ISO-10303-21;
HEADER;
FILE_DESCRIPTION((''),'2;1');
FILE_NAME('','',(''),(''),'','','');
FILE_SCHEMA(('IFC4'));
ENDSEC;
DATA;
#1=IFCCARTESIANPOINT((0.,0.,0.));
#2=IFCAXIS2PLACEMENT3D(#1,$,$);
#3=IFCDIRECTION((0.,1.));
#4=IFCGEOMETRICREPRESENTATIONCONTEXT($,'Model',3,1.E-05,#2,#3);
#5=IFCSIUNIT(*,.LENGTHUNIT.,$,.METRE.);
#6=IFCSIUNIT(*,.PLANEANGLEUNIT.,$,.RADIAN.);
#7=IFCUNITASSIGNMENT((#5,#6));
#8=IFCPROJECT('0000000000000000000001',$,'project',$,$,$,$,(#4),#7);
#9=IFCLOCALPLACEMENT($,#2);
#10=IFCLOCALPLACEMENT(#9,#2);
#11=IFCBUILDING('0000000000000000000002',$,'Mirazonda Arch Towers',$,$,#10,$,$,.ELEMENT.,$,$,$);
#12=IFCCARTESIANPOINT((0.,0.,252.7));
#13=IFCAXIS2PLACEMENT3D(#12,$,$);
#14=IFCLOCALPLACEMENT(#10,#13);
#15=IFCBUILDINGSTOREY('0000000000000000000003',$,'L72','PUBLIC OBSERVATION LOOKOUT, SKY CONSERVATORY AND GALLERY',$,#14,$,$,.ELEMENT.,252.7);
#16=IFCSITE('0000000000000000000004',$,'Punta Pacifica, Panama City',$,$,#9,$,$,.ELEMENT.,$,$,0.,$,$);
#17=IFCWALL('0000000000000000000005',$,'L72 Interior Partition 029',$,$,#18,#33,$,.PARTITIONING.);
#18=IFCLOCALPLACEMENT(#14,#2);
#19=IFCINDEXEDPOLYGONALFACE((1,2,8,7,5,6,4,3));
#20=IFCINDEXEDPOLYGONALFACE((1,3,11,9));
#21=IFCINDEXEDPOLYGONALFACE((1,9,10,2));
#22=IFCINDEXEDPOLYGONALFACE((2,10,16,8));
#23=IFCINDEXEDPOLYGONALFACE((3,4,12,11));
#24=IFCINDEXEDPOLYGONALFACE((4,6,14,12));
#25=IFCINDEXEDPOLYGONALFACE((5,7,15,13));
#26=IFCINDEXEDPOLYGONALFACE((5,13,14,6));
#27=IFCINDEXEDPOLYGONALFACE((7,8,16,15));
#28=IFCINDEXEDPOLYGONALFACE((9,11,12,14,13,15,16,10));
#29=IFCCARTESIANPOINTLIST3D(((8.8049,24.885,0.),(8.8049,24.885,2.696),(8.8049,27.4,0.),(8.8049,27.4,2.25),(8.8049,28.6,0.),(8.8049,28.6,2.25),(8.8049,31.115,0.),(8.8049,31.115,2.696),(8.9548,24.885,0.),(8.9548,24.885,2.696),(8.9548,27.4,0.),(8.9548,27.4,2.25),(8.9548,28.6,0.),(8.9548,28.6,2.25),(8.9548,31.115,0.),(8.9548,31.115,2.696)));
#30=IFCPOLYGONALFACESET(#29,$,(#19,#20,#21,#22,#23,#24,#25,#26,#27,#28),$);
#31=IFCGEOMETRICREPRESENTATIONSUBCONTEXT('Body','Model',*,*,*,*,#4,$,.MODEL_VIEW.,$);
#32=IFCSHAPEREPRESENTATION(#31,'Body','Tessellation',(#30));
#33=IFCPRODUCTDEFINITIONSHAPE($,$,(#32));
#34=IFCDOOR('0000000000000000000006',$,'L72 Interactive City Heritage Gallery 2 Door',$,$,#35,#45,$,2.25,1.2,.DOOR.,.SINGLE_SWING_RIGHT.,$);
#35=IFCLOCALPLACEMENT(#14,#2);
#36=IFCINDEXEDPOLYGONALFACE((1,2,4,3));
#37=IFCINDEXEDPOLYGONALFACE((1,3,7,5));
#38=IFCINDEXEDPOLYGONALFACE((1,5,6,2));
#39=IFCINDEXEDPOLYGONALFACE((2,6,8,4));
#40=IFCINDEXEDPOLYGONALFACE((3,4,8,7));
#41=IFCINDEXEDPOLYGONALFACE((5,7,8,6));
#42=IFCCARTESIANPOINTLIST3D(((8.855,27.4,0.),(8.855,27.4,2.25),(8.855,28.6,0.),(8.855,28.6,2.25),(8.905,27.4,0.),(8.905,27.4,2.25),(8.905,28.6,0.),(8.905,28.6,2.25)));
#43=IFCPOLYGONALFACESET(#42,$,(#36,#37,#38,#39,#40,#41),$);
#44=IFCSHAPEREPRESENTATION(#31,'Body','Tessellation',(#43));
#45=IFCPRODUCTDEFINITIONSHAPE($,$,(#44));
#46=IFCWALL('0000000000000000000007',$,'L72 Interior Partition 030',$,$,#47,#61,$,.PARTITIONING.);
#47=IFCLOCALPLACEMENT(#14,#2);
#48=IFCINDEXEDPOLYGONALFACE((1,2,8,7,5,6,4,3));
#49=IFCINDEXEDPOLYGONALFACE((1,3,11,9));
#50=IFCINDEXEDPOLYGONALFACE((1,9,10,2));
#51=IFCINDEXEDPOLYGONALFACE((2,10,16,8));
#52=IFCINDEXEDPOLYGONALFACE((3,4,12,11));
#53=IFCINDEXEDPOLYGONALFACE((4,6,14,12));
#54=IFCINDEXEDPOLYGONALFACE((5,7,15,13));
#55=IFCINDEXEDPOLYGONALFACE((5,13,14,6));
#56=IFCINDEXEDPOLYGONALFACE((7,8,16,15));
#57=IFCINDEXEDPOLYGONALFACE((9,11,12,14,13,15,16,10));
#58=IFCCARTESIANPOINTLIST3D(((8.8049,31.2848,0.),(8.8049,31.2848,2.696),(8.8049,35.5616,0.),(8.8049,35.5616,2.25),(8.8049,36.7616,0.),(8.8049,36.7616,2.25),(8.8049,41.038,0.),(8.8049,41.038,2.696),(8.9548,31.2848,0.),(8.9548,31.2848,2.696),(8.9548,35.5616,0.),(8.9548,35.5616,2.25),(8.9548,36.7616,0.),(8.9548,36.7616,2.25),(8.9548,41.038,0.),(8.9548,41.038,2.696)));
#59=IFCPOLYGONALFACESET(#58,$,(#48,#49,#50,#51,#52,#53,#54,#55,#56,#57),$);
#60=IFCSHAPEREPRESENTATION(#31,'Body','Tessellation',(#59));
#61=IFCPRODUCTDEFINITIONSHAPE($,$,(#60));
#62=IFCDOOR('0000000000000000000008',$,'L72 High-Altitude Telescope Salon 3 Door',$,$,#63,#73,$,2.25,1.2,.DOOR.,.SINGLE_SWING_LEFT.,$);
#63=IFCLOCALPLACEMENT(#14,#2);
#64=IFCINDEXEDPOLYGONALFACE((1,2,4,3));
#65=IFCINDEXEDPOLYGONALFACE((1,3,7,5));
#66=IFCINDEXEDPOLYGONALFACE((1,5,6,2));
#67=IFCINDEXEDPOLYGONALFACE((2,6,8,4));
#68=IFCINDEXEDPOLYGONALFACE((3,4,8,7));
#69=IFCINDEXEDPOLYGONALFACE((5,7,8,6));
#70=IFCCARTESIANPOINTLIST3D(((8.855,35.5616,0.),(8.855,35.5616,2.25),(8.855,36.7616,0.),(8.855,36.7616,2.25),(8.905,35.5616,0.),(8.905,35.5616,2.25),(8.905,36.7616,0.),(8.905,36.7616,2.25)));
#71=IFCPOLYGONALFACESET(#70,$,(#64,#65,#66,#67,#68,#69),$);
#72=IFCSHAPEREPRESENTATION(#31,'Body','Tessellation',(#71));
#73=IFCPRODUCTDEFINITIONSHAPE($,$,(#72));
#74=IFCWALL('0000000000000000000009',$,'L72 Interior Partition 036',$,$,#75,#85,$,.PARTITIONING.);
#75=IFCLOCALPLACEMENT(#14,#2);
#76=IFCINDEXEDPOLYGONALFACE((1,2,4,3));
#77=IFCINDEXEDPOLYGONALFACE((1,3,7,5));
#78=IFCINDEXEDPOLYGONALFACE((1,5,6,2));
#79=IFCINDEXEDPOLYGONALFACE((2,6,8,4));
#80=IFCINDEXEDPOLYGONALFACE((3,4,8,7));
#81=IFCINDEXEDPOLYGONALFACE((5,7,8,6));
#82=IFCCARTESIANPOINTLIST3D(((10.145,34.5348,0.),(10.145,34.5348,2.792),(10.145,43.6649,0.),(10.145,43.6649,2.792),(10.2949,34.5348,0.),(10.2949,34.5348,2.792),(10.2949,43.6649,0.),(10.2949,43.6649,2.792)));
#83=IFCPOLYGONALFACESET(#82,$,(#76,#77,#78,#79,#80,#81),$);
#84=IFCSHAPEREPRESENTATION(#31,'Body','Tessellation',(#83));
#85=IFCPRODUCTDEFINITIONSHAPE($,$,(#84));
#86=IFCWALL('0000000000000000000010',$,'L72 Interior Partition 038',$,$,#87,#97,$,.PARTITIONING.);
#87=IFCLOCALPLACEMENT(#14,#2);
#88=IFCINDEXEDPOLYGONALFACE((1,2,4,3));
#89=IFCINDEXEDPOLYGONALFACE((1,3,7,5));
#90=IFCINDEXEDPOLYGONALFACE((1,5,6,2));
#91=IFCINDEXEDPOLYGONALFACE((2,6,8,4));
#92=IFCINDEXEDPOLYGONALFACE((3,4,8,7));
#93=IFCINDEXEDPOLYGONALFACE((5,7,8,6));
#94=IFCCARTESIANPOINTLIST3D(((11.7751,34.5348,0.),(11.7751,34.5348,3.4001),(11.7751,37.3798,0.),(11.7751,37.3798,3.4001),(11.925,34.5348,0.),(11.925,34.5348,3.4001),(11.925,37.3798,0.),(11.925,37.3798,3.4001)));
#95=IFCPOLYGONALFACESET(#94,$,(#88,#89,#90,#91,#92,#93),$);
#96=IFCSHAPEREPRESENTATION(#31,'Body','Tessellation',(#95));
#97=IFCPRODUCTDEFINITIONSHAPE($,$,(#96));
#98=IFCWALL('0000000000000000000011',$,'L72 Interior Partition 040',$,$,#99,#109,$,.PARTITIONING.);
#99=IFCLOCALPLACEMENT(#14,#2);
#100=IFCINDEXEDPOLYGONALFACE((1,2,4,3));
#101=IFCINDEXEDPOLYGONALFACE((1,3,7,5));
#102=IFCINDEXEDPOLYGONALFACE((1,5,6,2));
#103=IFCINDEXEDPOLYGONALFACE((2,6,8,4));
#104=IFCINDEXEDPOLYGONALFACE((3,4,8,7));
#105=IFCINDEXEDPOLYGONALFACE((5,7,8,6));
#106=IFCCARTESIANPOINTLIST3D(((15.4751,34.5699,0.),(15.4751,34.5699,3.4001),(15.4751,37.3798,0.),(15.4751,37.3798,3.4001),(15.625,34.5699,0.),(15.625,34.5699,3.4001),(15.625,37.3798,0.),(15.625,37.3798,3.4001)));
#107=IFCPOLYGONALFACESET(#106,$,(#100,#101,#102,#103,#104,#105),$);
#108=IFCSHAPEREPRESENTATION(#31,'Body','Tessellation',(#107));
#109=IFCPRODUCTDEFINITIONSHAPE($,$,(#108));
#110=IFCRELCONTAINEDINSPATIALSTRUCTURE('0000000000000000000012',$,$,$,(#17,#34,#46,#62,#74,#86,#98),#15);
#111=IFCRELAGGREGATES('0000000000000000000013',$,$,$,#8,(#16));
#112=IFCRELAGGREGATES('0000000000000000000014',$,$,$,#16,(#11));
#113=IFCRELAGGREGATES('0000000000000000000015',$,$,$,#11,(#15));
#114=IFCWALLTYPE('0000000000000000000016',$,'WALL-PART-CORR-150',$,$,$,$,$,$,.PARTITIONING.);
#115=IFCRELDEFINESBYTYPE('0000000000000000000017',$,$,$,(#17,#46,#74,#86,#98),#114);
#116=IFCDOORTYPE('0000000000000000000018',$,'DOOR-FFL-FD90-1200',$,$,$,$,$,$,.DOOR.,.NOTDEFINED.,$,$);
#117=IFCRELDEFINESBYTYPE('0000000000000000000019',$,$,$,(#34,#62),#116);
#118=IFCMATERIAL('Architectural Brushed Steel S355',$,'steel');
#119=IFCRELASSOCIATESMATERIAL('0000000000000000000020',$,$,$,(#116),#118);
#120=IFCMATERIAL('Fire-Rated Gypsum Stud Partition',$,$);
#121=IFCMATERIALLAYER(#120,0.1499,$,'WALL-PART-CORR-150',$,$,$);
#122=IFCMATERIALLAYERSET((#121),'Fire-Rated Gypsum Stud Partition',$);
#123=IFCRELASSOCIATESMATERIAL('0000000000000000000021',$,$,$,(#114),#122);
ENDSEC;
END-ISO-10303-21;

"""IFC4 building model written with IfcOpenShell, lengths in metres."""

from ifc_helpers import new_model, si_unit, direction, frame, frame_2d, origin, place, context, subcontext, project, spatial, rectangle, extrude, material, layer, layer_set, type_object, element, fill, save


model = new_model("IFC4")

# Units and contexts
model_context = context("Model", 3, precision=1e-05, world=origin(), true_north=direction((0.0, 1.0)))
body_context = subcontext(model_context, "Body", "Model", "MODEL_VIEW")
ifc_project = project(units=[si_unit("LENGTHUNIT", "METRE"), si_unit("PLANEANGLEUNIT", "RADIAN")], contexts=[model_context])

# Site, building, storey
site_placement = place(None, origin())
site = spatial("IfcSite", under=ifc_project, at=site_placement, Name="Punta Pacifica, Panama City", CompositionType="ELEMENT", RefElevation=0.0)
building_placement = place(site_placement, origin())
building = spatial("IfcBuilding", under=site, at=building_placement, Name="Mirazonda Arch Towers", CompositionType="ELEMENT")
storey_placement = place(building_placement, frame((0.0, 0.0, 252.7)))
storey = spatial("IfcBuildingStorey", under=building, at=storey_placement, Name="L72", Description="PUBLIC OBSERVATION LOOKOUT, SKY CONSERVATORY AND GALLERY", CompositionType="ELEMENT", Elevation=252.7)

# Shared definitions
ifc_material_1 = material(Name="Architectural Brushed Steel S355", Category="steel")
door_type_1 = type_object("IfcDoorType", Name="DOOR-FFL-FD90-1200", OperationType="NOTDEFINED", PredefinedType="DOOR", material=ifc_material_1)

# Shared definitions
ifc_material_2 = material(Name="Fire-Rated Gypsum Stud Partition")
ifc_layer_1 = layer(ifc_material_2, 0.1499, Name="WALL-PART-CORR-150")
ifc_layer_set_1 = layer_set([ifc_layer_1], Name="Fire-Rated Gypsum Stud Partition")
wall_type_1 = type_object("IfcWallType", Name="WALL-PART-CORR-150", PredefinedType="PARTITIONING", material=ifc_layer_set_1)

# Walls, openings, doors
wall_1_placement = place(storey_placement, frame((8.8799, 24.885, 0.0), z_axis=(0.0, 0.0, 1.0), x_axis=(0.0, 1.0, 0.0)))
wall_1 = element("IfcWall", 1, at=wall_1_placement, inside=storey, type_object=wall_type_1, Name="L72 Interior Partition 029", PredefinedType="PARTITIONING", context=body_context, shape_type="SweptSolid", body=[
    extrude(rectangle(XDim=6.23, YDim=0.1499, at=frame_2d((3.115, 0.0))), origin(), (0.0, 0.0, 1.0), 2.696),
])
opening_1_placement = place(wall_1_placement, frame((2.5149, 0.0, 0.0)))
opening_1 = element("IfcOpeningElement", 2, at=opening_1_placement, cuts=wall_1, PredefinedType="OPENING", context=body_context, shape_type="SweptSolid", body=[
    extrude(rectangle(XDim=1.2, YDim=2.25, at=frame_2d((0.6001, 1.125))), frame((0.0, 0.085, 0.0), z_axis=(0.0, -1.0, 0.0), x_axis=(1.0, 0.0, 0.0)), (0.0, 0.0, 1.0), 0.1699),
])
door_1_placement = place(opening_1_placement, origin())
door_1 = element("IfcDoor", 3, at=door_1_placement, inside=storey, type_object=door_type_1, Name="L72 Interactive City Heritage Gallery 2 Door", OperationType="SINGLE_SWING_RIGHT", OverallHeight=2.25, OverallWidth=1.2, PredefinedType="DOOR", context=body_context, shape_type="SweptSolid", body=[
    extrude(rectangle(XDim=1.2, YDim=2.25, at=frame_2d((0.6001, 1.125))), frame((0.0, 0.0249, 0.0), z_axis=(0.0, -1.0, 0.0), x_axis=(1.0, 0.0, 0.0)), (0.0, 0.0, 1.0), 0.05),
])
fill(opening_1, door_1)
wall_2_placement = place(storey_placement, frame((8.8799, 31.2849, 0.0), z_axis=(0.0, 0.0, 1.0), x_axis=(0.0, 1.0, 0.0)))
wall_2 = element("IfcWall", 4, at=wall_2_placement, inside=storey, type_object=wall_type_1, Name="L72 Interior Partition 030", PredefinedType="PARTITIONING", context=body_context, shape_type="SweptSolid", body=[
    extrude(rectangle(XDim=9.7532, YDim=0.1499, at=frame_2d((4.8765, 0.0))), origin(), (0.0, 0.0, 1.0), 2.696),
])
opening_2_placement = place(wall_2_placement, frame((4.2766, 0.0, 0.0)))
opening_2 = element("IfcOpeningElement", 5, at=opening_2_placement, cuts=wall_2, PredefinedType="OPENING", context=body_context, shape_type="SweptSolid", body=[
    extrude(rectangle(XDim=1.2, YDim=2.25, at=frame_2d((0.6001, 1.125))), frame((0.0, 0.085, 0.0), z_axis=(0.0, -1.0, 0.0), x_axis=(1.0, 0.0, 0.0)), (0.0, 0.0, 1.0), 0.1699),
])
door_2_placement = place(opening_2_placement, origin())
door_2 = element("IfcDoor", 6, at=door_2_placement, inside=storey, type_object=door_type_1, Name="L72 High-Altitude Telescope Salon 3 Door", OperationType="SINGLE_SWING_LEFT", OverallHeight=2.25, OverallWidth=1.2, PredefinedType="DOOR", context=body_context, shape_type="SweptSolid", body=[
    extrude(rectangle(XDim=1.2, YDim=2.25, at=frame_2d((0.6001, 1.125))), frame((0.0, 0.0249, 0.0), z_axis=(0.0, -1.0, 0.0), x_axis=(1.0, 0.0, 0.0)), (0.0, 0.0, 1.0), 0.05),
])
fill(opening_2, door_2)

# Walls
wall_3_placement = place(storey_placement, frame((10.22, 34.5349, 0.0), z_axis=(0.0, 0.0, 1.0), x_axis=(0.0, 1.0, 0.0)))
element("IfcWall", 7, at=wall_3_placement, inside=storey, type_object=wall_type_1, Name="L72 Interior Partition 036", PredefinedType="PARTITIONING", context=body_context, shape_type="SweptSolid", body=[
    extrude(rectangle(XDim=9.1301, YDim=0.1499, at=frame_2d((4.5649, 0.0))), origin(), (0.0, 0.0, 1.0), 2.792),
])
wall_4_placement = place(storey_placement, frame((11.8501, 34.5349, 0.0), z_axis=(0.0, 0.0, 1.0), x_axis=(0.0, 1.0, 0.0)))
element("IfcWall", 8, at=wall_4_placement, inside=storey, type_object=wall_type_1, Name="L72 Interior Partition 038", PredefinedType="PARTITIONING", context=body_context, shape_type="SweptSolid", body=[
    extrude(rectangle(XDim=2.845, YDim=0.1499, at=frame_2d((1.4224, 0.0))), origin(), (0.0, 0.0, 1.0), 3.4001),
])
wall_5_placement = place(storey_placement, frame((15.55, 34.5701, 0.0), z_axis=(0.0, 0.0, 1.0), x_axis=(0.0, 1.0, 0.0)))
element("IfcWall", 9, at=wall_5_placement, inside=storey, type_object=wall_type_1, Name="L72 Interior Partition 040", PredefinedType="PARTITIONING", context=body_context, shape_type="SweptSolid", body=[
    extrude(rectangle(XDim=2.8098, YDim=0.1499, at=frame_2d((1.4048, 0.0))), origin(), (0.0, 0.0, 1.0), 3.4001),
])

save(model, "model.ifc")
